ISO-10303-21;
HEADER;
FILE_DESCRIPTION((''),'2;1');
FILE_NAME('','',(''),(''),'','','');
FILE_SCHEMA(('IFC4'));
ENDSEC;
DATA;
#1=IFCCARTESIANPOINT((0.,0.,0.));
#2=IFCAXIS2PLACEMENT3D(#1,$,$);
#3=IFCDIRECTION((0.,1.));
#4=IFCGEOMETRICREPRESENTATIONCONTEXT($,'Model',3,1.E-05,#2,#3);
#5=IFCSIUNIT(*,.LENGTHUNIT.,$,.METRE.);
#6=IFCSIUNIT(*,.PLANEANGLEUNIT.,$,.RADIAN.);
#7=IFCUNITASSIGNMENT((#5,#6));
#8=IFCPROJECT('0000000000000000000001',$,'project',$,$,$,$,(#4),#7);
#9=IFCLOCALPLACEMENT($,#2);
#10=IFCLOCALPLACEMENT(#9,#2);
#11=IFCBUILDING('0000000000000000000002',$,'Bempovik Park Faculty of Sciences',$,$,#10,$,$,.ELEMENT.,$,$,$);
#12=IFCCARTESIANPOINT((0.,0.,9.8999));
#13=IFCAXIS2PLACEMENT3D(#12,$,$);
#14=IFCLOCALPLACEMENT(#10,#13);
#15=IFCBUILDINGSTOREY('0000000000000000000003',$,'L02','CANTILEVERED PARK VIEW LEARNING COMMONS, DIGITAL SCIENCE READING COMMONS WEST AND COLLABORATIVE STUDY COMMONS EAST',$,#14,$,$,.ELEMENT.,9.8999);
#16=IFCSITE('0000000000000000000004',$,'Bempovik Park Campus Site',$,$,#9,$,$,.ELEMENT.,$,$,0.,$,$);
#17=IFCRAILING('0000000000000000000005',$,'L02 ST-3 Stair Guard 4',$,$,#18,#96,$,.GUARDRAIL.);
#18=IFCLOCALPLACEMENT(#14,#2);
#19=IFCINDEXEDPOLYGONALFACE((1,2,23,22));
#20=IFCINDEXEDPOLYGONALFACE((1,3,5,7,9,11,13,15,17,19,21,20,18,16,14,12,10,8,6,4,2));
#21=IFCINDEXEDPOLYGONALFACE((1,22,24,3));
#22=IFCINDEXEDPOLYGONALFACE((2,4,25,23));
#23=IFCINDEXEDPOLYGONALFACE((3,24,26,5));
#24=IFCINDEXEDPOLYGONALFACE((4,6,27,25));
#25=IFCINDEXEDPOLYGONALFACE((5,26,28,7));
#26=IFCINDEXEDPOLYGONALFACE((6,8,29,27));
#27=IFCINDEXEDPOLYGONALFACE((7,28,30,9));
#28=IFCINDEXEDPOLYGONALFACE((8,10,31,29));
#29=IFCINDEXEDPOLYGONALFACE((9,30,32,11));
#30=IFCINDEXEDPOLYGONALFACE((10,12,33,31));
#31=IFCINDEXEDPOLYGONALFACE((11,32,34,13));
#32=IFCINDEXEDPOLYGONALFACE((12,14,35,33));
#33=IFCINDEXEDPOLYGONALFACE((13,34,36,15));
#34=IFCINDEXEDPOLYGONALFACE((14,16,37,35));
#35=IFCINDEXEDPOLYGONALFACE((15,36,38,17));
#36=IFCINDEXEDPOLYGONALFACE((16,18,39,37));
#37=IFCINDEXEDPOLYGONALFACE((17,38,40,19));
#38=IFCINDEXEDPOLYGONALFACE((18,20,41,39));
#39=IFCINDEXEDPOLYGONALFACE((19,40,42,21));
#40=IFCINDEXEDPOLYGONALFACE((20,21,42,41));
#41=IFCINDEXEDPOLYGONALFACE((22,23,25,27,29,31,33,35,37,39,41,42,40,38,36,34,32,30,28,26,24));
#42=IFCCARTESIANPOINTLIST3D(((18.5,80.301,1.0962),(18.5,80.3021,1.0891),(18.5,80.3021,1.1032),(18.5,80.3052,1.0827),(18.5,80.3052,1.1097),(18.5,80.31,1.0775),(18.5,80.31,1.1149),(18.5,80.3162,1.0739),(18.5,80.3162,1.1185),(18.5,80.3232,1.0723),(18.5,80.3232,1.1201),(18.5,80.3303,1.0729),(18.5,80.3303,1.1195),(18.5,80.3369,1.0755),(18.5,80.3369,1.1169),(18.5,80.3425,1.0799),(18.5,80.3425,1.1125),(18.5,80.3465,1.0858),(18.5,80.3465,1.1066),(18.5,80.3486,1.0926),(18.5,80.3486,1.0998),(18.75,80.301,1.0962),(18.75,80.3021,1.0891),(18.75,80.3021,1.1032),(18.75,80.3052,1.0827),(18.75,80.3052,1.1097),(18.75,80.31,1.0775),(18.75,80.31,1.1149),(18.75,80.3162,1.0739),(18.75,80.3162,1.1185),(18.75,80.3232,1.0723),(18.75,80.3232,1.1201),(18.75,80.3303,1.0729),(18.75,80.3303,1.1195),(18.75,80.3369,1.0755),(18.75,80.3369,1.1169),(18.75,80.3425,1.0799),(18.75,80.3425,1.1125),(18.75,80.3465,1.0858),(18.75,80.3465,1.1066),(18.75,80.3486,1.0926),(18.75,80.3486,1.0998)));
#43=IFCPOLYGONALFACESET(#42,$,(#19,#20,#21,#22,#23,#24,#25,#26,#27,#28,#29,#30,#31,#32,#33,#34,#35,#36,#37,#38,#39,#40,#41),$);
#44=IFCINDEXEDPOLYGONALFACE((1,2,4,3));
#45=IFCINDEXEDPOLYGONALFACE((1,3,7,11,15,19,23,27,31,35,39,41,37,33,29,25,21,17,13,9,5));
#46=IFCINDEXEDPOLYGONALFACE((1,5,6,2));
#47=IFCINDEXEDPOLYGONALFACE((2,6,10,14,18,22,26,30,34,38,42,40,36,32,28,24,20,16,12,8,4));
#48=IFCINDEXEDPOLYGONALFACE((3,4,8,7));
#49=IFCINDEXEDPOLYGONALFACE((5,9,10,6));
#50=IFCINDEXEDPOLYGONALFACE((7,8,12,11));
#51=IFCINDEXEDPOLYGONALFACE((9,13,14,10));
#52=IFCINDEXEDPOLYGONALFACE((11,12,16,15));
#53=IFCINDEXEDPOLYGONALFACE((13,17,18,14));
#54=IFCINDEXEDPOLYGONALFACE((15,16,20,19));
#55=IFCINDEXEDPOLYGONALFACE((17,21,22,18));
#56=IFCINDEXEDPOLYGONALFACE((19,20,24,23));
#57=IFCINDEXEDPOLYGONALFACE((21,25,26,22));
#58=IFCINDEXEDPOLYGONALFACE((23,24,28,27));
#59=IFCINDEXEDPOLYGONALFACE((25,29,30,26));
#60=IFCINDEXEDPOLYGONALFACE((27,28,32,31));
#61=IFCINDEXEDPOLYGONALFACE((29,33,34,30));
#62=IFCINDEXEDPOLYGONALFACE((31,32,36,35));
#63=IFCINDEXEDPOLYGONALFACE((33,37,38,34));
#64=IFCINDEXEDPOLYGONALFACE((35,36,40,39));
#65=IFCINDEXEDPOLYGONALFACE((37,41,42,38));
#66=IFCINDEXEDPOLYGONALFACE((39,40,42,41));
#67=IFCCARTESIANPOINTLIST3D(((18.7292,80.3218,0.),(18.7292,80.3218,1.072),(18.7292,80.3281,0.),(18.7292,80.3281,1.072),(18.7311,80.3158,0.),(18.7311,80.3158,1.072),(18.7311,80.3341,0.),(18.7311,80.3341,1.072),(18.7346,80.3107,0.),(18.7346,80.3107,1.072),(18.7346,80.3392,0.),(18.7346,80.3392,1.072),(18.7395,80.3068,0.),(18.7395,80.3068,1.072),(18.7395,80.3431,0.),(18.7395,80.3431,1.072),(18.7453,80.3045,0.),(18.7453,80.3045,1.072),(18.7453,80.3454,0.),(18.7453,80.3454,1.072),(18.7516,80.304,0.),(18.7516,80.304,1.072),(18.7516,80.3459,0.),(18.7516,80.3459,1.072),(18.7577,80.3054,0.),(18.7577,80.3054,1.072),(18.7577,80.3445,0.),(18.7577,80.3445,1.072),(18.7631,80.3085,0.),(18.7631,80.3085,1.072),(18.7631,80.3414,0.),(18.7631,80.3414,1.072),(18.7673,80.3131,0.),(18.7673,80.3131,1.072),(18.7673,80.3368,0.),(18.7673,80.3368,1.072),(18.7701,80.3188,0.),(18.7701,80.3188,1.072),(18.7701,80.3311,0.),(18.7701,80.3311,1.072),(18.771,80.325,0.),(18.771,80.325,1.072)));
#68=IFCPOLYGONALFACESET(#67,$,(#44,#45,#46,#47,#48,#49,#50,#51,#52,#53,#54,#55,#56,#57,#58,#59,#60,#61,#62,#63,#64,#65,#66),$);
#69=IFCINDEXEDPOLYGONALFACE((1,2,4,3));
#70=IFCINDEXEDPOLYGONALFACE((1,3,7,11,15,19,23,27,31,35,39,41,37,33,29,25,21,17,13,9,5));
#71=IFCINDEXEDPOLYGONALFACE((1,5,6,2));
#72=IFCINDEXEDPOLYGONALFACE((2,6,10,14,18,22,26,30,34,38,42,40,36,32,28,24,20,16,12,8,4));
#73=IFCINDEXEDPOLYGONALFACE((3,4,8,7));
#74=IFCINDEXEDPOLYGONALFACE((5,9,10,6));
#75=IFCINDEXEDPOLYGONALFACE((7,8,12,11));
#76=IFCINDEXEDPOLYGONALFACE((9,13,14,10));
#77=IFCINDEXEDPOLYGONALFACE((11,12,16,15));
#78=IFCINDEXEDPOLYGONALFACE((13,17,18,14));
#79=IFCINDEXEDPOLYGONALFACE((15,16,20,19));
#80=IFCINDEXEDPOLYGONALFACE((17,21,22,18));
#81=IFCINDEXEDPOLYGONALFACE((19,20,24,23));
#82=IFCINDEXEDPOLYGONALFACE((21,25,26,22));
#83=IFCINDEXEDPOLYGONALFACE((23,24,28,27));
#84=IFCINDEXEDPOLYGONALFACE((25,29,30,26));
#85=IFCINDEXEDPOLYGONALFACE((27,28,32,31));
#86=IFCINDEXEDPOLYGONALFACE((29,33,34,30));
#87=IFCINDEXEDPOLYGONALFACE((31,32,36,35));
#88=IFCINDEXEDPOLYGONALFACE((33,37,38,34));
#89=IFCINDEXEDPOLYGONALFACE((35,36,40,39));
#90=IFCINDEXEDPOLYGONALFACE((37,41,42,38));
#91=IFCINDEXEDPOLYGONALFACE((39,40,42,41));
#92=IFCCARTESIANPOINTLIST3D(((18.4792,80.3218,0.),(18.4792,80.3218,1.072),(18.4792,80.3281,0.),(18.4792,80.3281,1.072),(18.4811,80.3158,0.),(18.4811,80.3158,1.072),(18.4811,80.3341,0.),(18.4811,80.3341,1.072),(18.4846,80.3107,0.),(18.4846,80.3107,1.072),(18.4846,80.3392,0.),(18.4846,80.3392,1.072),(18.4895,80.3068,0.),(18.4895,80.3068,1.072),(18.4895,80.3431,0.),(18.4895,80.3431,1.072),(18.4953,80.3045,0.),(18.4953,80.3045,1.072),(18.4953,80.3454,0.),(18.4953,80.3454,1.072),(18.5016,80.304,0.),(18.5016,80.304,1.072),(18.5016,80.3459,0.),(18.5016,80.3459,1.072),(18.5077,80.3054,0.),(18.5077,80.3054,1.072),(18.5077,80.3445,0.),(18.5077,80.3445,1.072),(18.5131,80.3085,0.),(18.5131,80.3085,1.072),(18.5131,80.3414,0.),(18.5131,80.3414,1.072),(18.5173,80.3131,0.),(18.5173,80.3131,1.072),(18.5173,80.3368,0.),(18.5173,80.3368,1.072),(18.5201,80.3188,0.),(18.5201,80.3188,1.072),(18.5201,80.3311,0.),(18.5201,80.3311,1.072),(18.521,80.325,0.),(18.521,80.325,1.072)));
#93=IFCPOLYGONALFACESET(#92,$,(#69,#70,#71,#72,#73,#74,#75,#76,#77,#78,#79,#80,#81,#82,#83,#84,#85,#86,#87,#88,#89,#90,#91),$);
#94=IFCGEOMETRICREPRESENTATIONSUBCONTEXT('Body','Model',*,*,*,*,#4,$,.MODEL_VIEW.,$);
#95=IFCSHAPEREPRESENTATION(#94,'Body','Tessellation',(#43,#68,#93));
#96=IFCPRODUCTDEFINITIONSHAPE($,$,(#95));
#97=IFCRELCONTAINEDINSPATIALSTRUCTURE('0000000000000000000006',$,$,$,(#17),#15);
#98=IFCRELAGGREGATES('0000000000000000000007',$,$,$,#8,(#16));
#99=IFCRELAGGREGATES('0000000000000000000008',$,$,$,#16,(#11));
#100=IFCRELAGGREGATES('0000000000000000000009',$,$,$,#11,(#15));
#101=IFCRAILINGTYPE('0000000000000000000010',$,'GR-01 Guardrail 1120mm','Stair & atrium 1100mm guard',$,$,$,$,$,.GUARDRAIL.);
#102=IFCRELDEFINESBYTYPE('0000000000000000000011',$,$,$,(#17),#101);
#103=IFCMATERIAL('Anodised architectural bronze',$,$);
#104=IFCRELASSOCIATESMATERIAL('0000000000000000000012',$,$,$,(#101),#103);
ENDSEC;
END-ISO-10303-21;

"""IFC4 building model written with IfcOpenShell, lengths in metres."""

from ifc_helpers import new_model, si_unit, direction, frame, origin, origin_2d, place, context, subcontext, project, spatial, circle, extrude, material, type_object, element, save


model = new_model("IFC4")

# Units and contexts
model_context = context("Model", 3, precision=1e-05, world=origin(), true_north=direction((0.0, 1.0)))
body_context = subcontext(model_context, "Body", "Model", "MODEL_VIEW")
ifc_project = project(units=[si_unit("LENGTHUNIT", "METRE"), si_unit("PLANEANGLEUNIT", "RADIAN")], contexts=[model_context])

# Site, building, storey
site_placement = place(None, origin())
site = spatial("IfcSite", under=ifc_project, at=site_placement, Name="Bempovik Park Campus Site", CompositionType="ELEMENT", RefElevation=0.0)
building_placement = place(site_placement, origin())
building = spatial("IfcBuilding", under=site, at=building_placement, Name="Bempovik Park Faculty of Sciences", CompositionType="ELEMENT")
storey_placement = place(building_placement, frame((0.0, 0.0, 9.8999)))
storey = spatial("IfcBuildingStorey", under=building, at=storey_placement, Name="L02", Description="CANTILEVERED PARK VIEW LEARNING COMMONS, DIGITAL SCIENCE READING COMMONS WEST AND COLLABORATIVE STUDY COMMONS EAST", CompositionType="ELEMENT", Elevation=9.8999)

# Railing
ifc_material_1 = material(Name="Anodised architectural bronze")
railing_type_1 = type_object("IfcRailingType", Name="GR-01 Guardrail 1120mm", Description="Stair & atrium 1100mm guard", PredefinedType="GUARDRAIL", material=ifc_material_1)
railing_1_placement = place(storey_placement, frame((18.75, 80.325, 0.0)))
element("IfcRailing", 1, at=railing_1_placement, inside=storey, type_object=railing_type_1, Name="L02 ST-3 Stair Guard 4", PredefinedType="GUARDRAIL", context=body_context, shape_type="SweptSolid", body=[
    extrude(circle(Radius=0.0239, at=origin_2d()), frame((0.0, 0.0, 1.0962), z_axis=(-1.0, 0.0, 0.0), x_axis=(0.0, -1.0, 0.0)), (0.0, 0.0, 1.0), 0.25),
    extrude(circle(Radius=0.021, at=origin_2d()), origin(), (0.0, 0.0, 1.0), 1.072),
    extrude(circle(Radius=0.021, at=origin_2d()), frame((-0.25, 0.0, 0.0)), (0.0, 0.0, 1.0), 1.072),
])

save(model, "model.ifc")
